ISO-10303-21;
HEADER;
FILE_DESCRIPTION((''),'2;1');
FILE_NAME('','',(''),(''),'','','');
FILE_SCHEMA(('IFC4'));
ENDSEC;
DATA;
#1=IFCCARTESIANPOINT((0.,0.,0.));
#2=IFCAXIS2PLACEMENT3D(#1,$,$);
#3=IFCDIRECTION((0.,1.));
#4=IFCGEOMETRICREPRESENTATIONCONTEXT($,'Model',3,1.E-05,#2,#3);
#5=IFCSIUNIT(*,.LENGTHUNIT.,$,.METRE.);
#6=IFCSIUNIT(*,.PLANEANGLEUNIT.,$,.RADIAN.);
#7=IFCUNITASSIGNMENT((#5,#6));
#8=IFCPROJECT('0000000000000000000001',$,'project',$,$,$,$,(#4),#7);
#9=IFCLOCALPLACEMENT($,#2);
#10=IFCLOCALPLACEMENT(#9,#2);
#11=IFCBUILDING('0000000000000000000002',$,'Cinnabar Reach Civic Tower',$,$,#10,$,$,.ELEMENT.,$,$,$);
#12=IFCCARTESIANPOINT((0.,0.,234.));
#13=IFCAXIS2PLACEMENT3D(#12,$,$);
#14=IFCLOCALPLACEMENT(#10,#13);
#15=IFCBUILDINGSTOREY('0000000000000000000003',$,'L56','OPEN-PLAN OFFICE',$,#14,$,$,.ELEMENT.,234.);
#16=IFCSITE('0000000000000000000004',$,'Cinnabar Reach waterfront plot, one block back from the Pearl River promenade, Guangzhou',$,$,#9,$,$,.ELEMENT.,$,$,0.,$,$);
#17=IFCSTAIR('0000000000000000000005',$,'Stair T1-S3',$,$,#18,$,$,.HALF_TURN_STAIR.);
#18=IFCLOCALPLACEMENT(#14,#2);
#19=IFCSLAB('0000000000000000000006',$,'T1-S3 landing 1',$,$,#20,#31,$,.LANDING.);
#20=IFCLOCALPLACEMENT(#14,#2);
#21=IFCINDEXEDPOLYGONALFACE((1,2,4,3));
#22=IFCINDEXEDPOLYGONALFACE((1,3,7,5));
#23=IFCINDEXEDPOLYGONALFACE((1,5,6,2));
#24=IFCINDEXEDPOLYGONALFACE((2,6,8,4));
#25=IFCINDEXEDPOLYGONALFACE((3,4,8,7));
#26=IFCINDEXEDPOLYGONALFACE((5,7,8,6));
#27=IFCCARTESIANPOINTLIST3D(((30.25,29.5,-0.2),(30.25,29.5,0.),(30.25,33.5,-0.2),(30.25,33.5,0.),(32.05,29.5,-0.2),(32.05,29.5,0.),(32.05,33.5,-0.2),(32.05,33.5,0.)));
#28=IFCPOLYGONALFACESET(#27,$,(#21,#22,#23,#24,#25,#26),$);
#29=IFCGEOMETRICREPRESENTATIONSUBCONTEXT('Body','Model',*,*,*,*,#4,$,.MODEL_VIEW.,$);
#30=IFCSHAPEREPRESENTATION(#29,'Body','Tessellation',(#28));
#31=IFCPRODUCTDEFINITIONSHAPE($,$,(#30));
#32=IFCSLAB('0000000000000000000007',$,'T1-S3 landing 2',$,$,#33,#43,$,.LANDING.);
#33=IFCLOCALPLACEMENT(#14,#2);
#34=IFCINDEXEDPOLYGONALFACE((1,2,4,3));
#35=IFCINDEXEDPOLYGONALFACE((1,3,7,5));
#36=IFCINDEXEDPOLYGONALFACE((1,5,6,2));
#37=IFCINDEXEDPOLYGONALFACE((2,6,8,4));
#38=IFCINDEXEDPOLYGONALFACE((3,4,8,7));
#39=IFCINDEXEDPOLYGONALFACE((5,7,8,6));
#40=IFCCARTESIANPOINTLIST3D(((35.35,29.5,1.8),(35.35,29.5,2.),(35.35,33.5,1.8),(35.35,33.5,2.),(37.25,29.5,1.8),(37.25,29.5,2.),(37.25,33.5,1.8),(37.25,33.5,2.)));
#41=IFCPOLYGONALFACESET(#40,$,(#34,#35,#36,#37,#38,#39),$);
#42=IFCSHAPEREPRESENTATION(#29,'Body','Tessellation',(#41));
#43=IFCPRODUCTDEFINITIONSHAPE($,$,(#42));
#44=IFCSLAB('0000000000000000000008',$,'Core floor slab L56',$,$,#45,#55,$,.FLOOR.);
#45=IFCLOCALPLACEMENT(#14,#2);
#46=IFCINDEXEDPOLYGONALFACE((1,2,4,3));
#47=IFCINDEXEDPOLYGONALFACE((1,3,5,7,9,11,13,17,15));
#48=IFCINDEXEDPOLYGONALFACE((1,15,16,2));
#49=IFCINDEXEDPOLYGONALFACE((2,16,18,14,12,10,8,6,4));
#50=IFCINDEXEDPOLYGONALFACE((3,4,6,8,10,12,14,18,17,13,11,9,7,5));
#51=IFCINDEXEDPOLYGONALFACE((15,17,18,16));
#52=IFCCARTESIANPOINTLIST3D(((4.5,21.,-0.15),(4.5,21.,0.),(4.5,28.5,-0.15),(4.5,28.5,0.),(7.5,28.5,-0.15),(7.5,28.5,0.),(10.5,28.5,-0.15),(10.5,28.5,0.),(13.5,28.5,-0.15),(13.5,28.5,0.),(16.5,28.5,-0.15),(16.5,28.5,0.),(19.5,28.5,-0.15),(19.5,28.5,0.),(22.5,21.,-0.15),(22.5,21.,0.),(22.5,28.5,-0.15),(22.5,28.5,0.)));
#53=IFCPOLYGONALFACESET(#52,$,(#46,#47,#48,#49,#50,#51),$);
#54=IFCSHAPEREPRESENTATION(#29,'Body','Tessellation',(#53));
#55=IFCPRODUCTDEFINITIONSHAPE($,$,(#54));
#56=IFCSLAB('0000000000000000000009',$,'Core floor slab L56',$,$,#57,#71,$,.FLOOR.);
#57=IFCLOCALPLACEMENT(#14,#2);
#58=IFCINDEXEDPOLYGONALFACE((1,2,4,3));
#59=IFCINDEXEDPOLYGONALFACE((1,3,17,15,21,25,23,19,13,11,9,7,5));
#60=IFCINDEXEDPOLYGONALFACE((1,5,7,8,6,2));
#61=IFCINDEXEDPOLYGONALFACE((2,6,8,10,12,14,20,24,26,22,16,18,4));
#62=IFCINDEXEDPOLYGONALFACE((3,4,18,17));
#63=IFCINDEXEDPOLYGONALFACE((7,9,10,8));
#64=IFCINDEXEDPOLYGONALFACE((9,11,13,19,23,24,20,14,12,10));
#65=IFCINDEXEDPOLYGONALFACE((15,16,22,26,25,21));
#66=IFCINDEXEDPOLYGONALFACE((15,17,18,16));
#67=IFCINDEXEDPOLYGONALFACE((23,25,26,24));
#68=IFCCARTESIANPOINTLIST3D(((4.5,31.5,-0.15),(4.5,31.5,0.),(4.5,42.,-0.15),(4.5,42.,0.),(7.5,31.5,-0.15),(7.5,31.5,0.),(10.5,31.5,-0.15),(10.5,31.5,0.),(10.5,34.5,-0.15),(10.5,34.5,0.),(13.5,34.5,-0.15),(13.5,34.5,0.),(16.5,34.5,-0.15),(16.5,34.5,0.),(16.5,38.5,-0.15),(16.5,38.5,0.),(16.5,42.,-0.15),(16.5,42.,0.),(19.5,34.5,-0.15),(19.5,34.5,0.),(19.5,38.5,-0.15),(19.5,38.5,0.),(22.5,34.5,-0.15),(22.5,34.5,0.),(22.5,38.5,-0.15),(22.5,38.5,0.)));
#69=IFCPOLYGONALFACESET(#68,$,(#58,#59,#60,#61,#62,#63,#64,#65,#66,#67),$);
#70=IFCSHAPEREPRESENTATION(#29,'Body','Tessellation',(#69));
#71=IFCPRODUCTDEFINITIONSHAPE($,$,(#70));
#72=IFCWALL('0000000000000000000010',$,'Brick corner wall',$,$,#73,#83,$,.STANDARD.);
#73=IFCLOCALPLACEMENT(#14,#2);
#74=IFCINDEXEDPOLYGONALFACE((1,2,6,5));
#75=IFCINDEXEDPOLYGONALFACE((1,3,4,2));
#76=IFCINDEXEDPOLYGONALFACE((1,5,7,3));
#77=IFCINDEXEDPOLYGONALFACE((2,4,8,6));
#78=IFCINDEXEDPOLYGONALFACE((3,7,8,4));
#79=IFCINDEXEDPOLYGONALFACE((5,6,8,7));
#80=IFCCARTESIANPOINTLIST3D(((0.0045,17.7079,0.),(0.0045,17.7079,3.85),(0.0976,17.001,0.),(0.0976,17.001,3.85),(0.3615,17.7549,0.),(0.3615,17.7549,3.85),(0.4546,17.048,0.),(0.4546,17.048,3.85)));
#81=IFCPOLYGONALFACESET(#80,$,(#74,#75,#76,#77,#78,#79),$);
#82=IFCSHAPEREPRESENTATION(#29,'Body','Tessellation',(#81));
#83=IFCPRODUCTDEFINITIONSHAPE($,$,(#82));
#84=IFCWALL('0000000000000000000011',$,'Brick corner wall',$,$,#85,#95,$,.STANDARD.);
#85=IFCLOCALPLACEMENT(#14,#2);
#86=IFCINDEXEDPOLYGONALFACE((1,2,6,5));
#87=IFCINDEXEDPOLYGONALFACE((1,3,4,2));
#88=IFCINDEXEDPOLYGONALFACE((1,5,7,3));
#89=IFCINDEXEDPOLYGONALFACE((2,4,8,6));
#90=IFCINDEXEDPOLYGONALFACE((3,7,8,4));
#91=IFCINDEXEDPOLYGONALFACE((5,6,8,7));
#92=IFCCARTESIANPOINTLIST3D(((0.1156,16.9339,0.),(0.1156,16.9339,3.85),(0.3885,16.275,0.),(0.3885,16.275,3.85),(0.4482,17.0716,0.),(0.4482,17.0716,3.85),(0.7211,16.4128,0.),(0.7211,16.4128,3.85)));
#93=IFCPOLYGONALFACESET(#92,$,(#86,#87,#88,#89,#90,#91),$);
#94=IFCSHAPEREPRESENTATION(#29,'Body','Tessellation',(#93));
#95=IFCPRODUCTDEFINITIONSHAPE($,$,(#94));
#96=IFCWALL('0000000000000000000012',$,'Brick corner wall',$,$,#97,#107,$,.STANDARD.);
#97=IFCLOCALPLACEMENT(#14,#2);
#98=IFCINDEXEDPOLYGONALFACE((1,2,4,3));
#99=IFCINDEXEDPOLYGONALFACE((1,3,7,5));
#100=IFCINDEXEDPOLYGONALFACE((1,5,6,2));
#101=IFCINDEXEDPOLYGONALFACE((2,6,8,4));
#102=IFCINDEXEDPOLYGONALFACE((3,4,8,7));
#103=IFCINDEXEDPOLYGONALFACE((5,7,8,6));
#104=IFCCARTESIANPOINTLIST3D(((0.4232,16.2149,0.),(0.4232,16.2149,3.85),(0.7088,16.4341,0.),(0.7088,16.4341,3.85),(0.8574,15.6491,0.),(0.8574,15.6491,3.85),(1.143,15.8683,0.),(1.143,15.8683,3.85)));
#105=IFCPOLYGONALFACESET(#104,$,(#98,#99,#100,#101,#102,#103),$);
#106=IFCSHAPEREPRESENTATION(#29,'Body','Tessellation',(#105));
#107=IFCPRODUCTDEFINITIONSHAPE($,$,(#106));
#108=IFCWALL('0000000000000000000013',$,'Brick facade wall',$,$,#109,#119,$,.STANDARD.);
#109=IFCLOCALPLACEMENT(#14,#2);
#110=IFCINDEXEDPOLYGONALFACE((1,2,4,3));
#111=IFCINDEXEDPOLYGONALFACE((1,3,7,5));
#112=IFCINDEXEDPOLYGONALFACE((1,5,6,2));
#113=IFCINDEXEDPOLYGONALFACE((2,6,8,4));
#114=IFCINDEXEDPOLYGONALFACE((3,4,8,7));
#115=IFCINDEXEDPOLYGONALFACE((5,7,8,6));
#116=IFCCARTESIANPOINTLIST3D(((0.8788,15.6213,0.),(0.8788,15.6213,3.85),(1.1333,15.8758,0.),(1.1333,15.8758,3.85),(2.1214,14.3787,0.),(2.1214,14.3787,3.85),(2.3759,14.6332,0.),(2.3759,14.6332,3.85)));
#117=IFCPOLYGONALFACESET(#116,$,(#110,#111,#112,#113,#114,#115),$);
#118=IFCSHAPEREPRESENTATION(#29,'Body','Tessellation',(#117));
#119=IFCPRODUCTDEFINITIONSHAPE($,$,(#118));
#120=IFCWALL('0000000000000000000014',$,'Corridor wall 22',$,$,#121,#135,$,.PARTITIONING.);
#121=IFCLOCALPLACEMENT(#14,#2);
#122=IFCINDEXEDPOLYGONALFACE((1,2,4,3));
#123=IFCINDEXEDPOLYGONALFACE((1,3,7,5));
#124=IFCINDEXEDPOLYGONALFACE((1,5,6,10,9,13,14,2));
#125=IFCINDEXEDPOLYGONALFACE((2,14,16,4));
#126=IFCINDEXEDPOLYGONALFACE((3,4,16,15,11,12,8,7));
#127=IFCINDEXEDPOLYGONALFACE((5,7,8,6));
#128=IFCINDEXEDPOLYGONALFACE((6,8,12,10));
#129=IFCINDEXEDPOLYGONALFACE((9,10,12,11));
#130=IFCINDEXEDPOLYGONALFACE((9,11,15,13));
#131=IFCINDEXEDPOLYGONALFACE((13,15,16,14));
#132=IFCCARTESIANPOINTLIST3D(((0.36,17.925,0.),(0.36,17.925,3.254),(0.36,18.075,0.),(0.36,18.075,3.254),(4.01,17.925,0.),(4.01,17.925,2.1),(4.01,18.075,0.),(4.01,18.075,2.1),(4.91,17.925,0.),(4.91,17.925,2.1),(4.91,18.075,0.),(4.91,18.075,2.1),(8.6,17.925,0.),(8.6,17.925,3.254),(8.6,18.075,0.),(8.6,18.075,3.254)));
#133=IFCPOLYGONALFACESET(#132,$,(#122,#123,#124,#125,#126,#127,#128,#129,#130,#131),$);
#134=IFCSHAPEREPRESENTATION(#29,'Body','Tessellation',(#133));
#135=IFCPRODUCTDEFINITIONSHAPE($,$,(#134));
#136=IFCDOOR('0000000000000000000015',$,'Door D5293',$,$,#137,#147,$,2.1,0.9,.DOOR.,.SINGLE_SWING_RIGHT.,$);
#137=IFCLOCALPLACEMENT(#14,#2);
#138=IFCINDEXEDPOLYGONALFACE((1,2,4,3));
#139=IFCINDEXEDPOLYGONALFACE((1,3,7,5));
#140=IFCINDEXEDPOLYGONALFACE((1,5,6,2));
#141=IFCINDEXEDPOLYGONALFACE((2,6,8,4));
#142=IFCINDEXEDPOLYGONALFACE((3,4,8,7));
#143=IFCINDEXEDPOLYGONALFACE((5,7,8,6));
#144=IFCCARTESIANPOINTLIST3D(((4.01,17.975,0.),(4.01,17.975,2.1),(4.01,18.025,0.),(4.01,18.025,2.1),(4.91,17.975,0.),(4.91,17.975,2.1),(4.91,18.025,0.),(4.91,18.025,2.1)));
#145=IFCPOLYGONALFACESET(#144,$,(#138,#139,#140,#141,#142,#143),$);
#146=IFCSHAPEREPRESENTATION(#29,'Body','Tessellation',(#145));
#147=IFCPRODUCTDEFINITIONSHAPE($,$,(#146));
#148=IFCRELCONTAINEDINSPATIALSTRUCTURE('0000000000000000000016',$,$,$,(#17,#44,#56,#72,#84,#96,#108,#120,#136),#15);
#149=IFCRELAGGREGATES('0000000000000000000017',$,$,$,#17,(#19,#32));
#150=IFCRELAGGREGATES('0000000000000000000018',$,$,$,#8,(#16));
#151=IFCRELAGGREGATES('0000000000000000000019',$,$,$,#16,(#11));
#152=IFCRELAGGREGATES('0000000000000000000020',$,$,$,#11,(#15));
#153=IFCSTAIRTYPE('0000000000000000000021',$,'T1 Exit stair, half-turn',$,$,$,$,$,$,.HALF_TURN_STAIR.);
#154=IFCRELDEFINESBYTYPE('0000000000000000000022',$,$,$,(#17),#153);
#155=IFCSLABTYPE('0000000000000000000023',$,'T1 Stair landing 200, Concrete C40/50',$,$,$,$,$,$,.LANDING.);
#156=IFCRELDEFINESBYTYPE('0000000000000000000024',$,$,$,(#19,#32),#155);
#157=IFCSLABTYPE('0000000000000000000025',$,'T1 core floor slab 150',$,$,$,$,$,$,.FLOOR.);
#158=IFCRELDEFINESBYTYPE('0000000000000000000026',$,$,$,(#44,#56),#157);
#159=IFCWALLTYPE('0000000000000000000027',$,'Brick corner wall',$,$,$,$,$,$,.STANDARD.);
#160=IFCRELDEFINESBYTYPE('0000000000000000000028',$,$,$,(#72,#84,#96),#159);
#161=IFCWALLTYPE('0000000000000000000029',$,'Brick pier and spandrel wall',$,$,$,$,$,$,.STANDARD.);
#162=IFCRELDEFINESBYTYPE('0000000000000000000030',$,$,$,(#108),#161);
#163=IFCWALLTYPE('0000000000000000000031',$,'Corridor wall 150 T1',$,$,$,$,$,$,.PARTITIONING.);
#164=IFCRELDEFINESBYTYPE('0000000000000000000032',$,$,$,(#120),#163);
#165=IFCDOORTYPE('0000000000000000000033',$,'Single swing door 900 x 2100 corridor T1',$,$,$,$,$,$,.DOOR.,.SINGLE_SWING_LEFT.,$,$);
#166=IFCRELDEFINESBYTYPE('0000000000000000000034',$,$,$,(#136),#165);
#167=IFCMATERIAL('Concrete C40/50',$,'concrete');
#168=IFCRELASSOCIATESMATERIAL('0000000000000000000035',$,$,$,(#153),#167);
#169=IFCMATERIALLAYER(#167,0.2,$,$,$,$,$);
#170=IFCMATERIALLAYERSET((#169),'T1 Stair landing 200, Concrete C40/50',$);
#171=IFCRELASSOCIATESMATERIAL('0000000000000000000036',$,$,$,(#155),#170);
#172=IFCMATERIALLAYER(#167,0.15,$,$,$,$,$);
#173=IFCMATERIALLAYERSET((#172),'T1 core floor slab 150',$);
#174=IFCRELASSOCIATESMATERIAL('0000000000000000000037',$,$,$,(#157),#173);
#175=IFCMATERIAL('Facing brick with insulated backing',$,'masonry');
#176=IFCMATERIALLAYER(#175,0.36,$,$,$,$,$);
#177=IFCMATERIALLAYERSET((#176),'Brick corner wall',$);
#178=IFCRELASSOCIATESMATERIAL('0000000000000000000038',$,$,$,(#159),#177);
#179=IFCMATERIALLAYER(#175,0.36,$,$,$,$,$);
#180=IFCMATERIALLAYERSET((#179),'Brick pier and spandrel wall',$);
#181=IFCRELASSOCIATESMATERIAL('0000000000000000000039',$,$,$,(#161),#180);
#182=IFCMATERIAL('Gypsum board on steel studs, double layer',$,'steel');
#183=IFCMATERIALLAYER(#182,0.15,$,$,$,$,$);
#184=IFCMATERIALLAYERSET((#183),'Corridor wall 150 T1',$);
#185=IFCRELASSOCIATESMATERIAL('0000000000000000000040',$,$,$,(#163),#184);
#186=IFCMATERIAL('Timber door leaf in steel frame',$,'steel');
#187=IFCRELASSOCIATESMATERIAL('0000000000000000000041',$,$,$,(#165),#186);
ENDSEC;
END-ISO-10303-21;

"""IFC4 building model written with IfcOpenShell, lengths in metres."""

from ifc_helpers import new_model, si_unit, direction, frame, frame_2d, origin, place, context, subcontext, project, spatial, polyline, rectangle, outline, extrude, material, layer, layer_set, type_object, element, fill, aggregate, save


model = new_model("IFC4")

# Units and contexts
model_context = context("Model", 3, precision=1e-05, world=origin(), true_north=direction((0.0, 1.0)))
body_context = subcontext(model_context, "Body", "Model", "MODEL_VIEW")
ifc_project = project(units=[si_unit("LENGTHUNIT", "METRE"), si_unit("PLANEANGLEUNIT", "RADIAN")], contexts=[model_context])

# Site, building, storey
site_placement = place(None, origin())
site = spatial("IfcSite", under=ifc_project, at=site_placement, Name="Cinnabar Reach waterfront plot, one block back from the Pearl River promenade, Guangzhou", CompositionType="ELEMENT", RefElevation=0.0)
building_placement = place(site_placement, origin())
building = spatial("IfcBuilding", under=site, at=building_placement, Name="Cinnabar Reach Civic Tower", CompositionType="ELEMENT")
storey_placement = place(building_placement, frame((0.0, 0.0, 234.0)))
storey = spatial("IfcBuildingStorey", under=building, at=storey_placement, Name="L56", Description="OPEN-PLAN OFFICE", CompositionType="ELEMENT", Elevation=234.0)

# Stair, slabs
ifc_material_1 = material(Name="Concrete C40/50", Category="concrete")
stair_type = type_object("IfcStairType", Name="T1 Exit stair, half-turn", PredefinedType="HALF_TURN_STAIR", material=ifc_material_1)
ifc_layer_1 = layer(ifc_material_1, 0.2)
ifc_layer_set_1 = layer_set([ifc_layer_1], Name="T1 Stair landing 200, Concrete C40/50")
slab_type_1 = type_object("IfcSlabType", Name="T1 Stair landing 200, Concrete C40/50", PredefinedType="LANDING", material=ifc_layer_set_1)
stair_1_placement = place(storey_placement, origin())
stair_1 = element("IfcStair", 1, at=stair_1_placement, inside=storey, type_object=stair_type, Name="Stair T1-S3", PredefinedType="HALF_TURN_STAIR")
slab_1_placement = place(storey_placement, frame((0.0, 0.0, -0.2)))
slab_1 = element("IfcSlab", 2, at=slab_1_placement, type_object=slab_type_1, Name="T1-S3 landing 1", PredefinedType="LANDING", context=body_context, shape_type="SweptSolid", body=[
    extrude(outline(polyline([(30.25, 29.5), (32.05, 29.5), (32.05, 33.5), (30.25, 33.5), (30.25, 29.5)])), origin(), (0.0, 0.0, 1.0), 0.2),
])
slab_2_placement = place(storey_placement, frame((0.0, 0.0, 1.8)))
slab_2 = element("IfcSlab", 3, at=slab_2_placement, type_object=slab_type_1, Name="T1-S3 landing 2", PredefinedType="LANDING", context=body_context, shape_type="SweptSolid", body=[
    extrude(outline(polyline([(35.35, 29.5), (37.25, 29.5), (37.25, 33.5), (35.35, 33.5), (35.35, 29.5)])), origin(), (0.0, 0.0, 1.0), 0.2),
])
aggregate(stair_1, [slab_1, slab_2])

# Slabs
ifc_layer_2 = layer(ifc_material_1, 0.15)
ifc_layer_set_2 = layer_set([ifc_layer_2], Name="T1 core floor slab 150")
slab_type_2 = type_object("IfcSlabType", Name="T1 core floor slab 150", PredefinedType="FLOOR", material=ifc_layer_set_2)
slab_3_placement = place(storey_placement, frame((0.0, 0.0, -0.15)))
element("IfcSlab", 4, at=slab_3_placement, inside=storey, type_object=slab_type_2, Name="Core floor slab L56", PredefinedType="FLOOR", context=body_context, shape_type="SweptSolid", body=[
    extrude(outline(polyline([(22.5, 21.0), (4.5, 21.0), (4.5, 28.5), (7.5, 28.5), (10.5, 28.5), (13.5, 28.5), (16.5, 28.5), (19.5, 28.5), (22.5, 28.5), (22.5, 21.0)])), origin(), (0.0, 0.0, 1.0), 0.15),
])
slab_4_placement = place(storey_placement, frame((0.0, 0.0, -0.15)))
element("IfcSlab", 5, at=slab_4_placement, inside=storey, type_object=slab_type_2, Name="Core floor slab L56", PredefinedType="FLOOR", context=body_context, shape_type="SweptSolid", body=[
    extrude(outline(polyline([(22.5, 34.5), (19.5, 34.5), (16.5, 34.5), (13.5, 34.5), (10.5, 34.5), (10.5, 31.5), (7.5, 31.5), (4.5, 31.5), (4.5, 42.0), (16.5, 42.0), (16.5, 38.5), (19.5, 38.5), (22.5, 38.5), (22.5, 34.5)])), origin(), (0.0, 0.0, 1.0), 0.15),
])

# Walls
ifc_material_2 = material(Name="Facing brick with insulated backing", Category="masonry")
ifc_layer_3 = layer(ifc_material_2, 0.36)
ifc_layer_set_3 = layer_set([ifc_layer_3], Name="Brick corner wall")
wall_type_1 = type_object("IfcWallType", Name="Brick corner wall", PredefinedType="STANDARD", material=ifc_layer_set_3)
for number, where, z_axis, x_axis, name in (
    (6, (0.183, 17.7314, 0.0), (0.0, 0.0, 1.0), (0.130556, -0.991441, 0.0), "Brick corner wall"),
    (7, (0.2819, 17.0027, 0.0), (0.0, 0.0, 1.0), (0.382703, -0.923872, 0.0), "Brick corner wall"),
):
    element("IfcWall", number, at=place(storey_placement, frame(where, z_axis=z_axis, x_axis=x_axis)), inside=storey, type_object=wall_type_1, Name=name, PredefinedType="STANDARD", context=body_context, shape_type="SweptSolid", body=[
        extrude(rectangle(XDim=0.7131, YDim=0.36, at=frame_2d((0.3565, 0.0))), origin(), (0.0, 0.0, 1.0), 3.85),
    ])
wall_1_placement = place(storey_placement, frame((0.566, 16.3245, 0.0), z_axis=(0.0, 0.0, 1.0), x_axis=(0.608802, -0.793322, 0.0)))
element("IfcWall", 8, at=wall_1_placement, inside=storey, type_object=wall_type_1, Name="Brick corner wall", PredefinedType="STANDARD", context=body_context, shape_type="SweptSolid", body=[
    extrude(rectangle(XDim=0.7132, YDim=0.36, at=frame_2d((0.3566, 0.0))), origin(), (0.0, 0.0, 1.0), 3.85),
])
ifc_layer_4 = layer(ifc_material_2, 0.36)
ifc_layer_set_4 = layer_set([ifc_layer_4], Name="Brick pier and spandrel wall")
wall_type_2 = type_object("IfcWallType", Name="Brick pier and spandrel wall", PredefinedType="STANDARD", material=ifc_layer_set_4)
wall_2_placement = place(storey_placement, frame((1.006, 15.7486, 0.0), z_axis=(0.0, 0.0, 1.0), x_axis=(0.707107, -0.707107, 0.0)))
element("IfcWall", 9, at=wall_2_placement, inside=storey, type_object=wall_type_2, Name="Brick facade wall", PredefinedType="STANDARD", context=body_context, shape_type="SweptSolid", body=[
    extrude(rectangle(XDim=1.7573, YDim=0.36, at=frame_2d((0.8787, 0.0))), origin(), (0.0, 0.0, 1.0), 3.85),
])

# Wall, opening, door
ifc_material_3 = material(Name="Gypsum board on steel studs, double layer", Category="steel")
ifc_layer_5 = layer(ifc_material_3, 0.15)
ifc_layer_set_5 = layer_set([ifc_layer_5], Name="Corridor wall 150 T1")
wall_type_3 = type_object("IfcWallType", Name="Corridor wall 150 T1", PredefinedType="PARTITIONING", material=ifc_layer_set_5)
wall_3_placement = place(storey_placement, frame((0.36, 18.0, 0.0), z_axis=(0.0, 0.0, 1.0), x_axis=(1.0, 0.0, 0.0)))
wall_3 = element("IfcWall", 10, at=wall_3_placement, inside=storey, type_object=wall_type_3, Name="Corridor wall 22", PredefinedType="PARTITIONING", context=body_context, shape_type="SweptSolid", body=[
    extrude(rectangle(XDim=8.24, YDim=0.15, at=frame_2d((4.12, 0.0))), origin(), (0.0, 0.0, 1.0), 3.254),
])
opening_placement = place(wall_3_placement, frame((3.65, 0.0, 0.0)))
opening = element("IfcOpeningElement", 11, at=opening_placement, cuts=wall_3, PredefinedType="OPENING", context=body_context, shape_type="SweptSolid", body=[
    extrude(rectangle(XDim=0.9, YDim=2.1, at=frame_2d((0.45, 1.05))), frame((0.0, 0.085, 0.0), z_axis=(0.0, -1.0, 0.0), x_axis=(1.0, 0.0, 0.0)), (0.0, 0.0, 1.0), 0.17),
])
ifc_material_4 = material(Name="Timber door leaf in steel frame", Category="steel")
door_type = type_object("IfcDoorType", Name="Single swing door 900 x 2100 corridor T1", OperationType="SINGLE_SWING_LEFT", PredefinedType="DOOR", material=ifc_material_4)
door_placement = place(opening_placement, frame((0.9, 0.0, 0.0), z_axis=(0.0, 0.0, 1.0), x_axis=(-1.0, 0.0, 0.0)))
door = element("IfcDoor", 12, at=door_placement, inside=storey, type_object=door_type, Name="Door D5293", OperationType="SINGLE_SWING_RIGHT", OverallHeight=2.1, OverallWidth=0.9, PredefinedType="DOOR", context=body_context, shape_type="SweptSolid", body=[
    extrude(rectangle(XDim=0.9, YDim=2.1, at=frame_2d((0.45, 1.05))), frame((0.0, 0.025, 0.0), z_axis=(0.0, -1.0, 0.0), x_axis=(1.0, 0.0, 0.0)), (0.0, 0.0, 1.0), 0.05),
])
fill(opening, door)

save(model, "model.ifc")
